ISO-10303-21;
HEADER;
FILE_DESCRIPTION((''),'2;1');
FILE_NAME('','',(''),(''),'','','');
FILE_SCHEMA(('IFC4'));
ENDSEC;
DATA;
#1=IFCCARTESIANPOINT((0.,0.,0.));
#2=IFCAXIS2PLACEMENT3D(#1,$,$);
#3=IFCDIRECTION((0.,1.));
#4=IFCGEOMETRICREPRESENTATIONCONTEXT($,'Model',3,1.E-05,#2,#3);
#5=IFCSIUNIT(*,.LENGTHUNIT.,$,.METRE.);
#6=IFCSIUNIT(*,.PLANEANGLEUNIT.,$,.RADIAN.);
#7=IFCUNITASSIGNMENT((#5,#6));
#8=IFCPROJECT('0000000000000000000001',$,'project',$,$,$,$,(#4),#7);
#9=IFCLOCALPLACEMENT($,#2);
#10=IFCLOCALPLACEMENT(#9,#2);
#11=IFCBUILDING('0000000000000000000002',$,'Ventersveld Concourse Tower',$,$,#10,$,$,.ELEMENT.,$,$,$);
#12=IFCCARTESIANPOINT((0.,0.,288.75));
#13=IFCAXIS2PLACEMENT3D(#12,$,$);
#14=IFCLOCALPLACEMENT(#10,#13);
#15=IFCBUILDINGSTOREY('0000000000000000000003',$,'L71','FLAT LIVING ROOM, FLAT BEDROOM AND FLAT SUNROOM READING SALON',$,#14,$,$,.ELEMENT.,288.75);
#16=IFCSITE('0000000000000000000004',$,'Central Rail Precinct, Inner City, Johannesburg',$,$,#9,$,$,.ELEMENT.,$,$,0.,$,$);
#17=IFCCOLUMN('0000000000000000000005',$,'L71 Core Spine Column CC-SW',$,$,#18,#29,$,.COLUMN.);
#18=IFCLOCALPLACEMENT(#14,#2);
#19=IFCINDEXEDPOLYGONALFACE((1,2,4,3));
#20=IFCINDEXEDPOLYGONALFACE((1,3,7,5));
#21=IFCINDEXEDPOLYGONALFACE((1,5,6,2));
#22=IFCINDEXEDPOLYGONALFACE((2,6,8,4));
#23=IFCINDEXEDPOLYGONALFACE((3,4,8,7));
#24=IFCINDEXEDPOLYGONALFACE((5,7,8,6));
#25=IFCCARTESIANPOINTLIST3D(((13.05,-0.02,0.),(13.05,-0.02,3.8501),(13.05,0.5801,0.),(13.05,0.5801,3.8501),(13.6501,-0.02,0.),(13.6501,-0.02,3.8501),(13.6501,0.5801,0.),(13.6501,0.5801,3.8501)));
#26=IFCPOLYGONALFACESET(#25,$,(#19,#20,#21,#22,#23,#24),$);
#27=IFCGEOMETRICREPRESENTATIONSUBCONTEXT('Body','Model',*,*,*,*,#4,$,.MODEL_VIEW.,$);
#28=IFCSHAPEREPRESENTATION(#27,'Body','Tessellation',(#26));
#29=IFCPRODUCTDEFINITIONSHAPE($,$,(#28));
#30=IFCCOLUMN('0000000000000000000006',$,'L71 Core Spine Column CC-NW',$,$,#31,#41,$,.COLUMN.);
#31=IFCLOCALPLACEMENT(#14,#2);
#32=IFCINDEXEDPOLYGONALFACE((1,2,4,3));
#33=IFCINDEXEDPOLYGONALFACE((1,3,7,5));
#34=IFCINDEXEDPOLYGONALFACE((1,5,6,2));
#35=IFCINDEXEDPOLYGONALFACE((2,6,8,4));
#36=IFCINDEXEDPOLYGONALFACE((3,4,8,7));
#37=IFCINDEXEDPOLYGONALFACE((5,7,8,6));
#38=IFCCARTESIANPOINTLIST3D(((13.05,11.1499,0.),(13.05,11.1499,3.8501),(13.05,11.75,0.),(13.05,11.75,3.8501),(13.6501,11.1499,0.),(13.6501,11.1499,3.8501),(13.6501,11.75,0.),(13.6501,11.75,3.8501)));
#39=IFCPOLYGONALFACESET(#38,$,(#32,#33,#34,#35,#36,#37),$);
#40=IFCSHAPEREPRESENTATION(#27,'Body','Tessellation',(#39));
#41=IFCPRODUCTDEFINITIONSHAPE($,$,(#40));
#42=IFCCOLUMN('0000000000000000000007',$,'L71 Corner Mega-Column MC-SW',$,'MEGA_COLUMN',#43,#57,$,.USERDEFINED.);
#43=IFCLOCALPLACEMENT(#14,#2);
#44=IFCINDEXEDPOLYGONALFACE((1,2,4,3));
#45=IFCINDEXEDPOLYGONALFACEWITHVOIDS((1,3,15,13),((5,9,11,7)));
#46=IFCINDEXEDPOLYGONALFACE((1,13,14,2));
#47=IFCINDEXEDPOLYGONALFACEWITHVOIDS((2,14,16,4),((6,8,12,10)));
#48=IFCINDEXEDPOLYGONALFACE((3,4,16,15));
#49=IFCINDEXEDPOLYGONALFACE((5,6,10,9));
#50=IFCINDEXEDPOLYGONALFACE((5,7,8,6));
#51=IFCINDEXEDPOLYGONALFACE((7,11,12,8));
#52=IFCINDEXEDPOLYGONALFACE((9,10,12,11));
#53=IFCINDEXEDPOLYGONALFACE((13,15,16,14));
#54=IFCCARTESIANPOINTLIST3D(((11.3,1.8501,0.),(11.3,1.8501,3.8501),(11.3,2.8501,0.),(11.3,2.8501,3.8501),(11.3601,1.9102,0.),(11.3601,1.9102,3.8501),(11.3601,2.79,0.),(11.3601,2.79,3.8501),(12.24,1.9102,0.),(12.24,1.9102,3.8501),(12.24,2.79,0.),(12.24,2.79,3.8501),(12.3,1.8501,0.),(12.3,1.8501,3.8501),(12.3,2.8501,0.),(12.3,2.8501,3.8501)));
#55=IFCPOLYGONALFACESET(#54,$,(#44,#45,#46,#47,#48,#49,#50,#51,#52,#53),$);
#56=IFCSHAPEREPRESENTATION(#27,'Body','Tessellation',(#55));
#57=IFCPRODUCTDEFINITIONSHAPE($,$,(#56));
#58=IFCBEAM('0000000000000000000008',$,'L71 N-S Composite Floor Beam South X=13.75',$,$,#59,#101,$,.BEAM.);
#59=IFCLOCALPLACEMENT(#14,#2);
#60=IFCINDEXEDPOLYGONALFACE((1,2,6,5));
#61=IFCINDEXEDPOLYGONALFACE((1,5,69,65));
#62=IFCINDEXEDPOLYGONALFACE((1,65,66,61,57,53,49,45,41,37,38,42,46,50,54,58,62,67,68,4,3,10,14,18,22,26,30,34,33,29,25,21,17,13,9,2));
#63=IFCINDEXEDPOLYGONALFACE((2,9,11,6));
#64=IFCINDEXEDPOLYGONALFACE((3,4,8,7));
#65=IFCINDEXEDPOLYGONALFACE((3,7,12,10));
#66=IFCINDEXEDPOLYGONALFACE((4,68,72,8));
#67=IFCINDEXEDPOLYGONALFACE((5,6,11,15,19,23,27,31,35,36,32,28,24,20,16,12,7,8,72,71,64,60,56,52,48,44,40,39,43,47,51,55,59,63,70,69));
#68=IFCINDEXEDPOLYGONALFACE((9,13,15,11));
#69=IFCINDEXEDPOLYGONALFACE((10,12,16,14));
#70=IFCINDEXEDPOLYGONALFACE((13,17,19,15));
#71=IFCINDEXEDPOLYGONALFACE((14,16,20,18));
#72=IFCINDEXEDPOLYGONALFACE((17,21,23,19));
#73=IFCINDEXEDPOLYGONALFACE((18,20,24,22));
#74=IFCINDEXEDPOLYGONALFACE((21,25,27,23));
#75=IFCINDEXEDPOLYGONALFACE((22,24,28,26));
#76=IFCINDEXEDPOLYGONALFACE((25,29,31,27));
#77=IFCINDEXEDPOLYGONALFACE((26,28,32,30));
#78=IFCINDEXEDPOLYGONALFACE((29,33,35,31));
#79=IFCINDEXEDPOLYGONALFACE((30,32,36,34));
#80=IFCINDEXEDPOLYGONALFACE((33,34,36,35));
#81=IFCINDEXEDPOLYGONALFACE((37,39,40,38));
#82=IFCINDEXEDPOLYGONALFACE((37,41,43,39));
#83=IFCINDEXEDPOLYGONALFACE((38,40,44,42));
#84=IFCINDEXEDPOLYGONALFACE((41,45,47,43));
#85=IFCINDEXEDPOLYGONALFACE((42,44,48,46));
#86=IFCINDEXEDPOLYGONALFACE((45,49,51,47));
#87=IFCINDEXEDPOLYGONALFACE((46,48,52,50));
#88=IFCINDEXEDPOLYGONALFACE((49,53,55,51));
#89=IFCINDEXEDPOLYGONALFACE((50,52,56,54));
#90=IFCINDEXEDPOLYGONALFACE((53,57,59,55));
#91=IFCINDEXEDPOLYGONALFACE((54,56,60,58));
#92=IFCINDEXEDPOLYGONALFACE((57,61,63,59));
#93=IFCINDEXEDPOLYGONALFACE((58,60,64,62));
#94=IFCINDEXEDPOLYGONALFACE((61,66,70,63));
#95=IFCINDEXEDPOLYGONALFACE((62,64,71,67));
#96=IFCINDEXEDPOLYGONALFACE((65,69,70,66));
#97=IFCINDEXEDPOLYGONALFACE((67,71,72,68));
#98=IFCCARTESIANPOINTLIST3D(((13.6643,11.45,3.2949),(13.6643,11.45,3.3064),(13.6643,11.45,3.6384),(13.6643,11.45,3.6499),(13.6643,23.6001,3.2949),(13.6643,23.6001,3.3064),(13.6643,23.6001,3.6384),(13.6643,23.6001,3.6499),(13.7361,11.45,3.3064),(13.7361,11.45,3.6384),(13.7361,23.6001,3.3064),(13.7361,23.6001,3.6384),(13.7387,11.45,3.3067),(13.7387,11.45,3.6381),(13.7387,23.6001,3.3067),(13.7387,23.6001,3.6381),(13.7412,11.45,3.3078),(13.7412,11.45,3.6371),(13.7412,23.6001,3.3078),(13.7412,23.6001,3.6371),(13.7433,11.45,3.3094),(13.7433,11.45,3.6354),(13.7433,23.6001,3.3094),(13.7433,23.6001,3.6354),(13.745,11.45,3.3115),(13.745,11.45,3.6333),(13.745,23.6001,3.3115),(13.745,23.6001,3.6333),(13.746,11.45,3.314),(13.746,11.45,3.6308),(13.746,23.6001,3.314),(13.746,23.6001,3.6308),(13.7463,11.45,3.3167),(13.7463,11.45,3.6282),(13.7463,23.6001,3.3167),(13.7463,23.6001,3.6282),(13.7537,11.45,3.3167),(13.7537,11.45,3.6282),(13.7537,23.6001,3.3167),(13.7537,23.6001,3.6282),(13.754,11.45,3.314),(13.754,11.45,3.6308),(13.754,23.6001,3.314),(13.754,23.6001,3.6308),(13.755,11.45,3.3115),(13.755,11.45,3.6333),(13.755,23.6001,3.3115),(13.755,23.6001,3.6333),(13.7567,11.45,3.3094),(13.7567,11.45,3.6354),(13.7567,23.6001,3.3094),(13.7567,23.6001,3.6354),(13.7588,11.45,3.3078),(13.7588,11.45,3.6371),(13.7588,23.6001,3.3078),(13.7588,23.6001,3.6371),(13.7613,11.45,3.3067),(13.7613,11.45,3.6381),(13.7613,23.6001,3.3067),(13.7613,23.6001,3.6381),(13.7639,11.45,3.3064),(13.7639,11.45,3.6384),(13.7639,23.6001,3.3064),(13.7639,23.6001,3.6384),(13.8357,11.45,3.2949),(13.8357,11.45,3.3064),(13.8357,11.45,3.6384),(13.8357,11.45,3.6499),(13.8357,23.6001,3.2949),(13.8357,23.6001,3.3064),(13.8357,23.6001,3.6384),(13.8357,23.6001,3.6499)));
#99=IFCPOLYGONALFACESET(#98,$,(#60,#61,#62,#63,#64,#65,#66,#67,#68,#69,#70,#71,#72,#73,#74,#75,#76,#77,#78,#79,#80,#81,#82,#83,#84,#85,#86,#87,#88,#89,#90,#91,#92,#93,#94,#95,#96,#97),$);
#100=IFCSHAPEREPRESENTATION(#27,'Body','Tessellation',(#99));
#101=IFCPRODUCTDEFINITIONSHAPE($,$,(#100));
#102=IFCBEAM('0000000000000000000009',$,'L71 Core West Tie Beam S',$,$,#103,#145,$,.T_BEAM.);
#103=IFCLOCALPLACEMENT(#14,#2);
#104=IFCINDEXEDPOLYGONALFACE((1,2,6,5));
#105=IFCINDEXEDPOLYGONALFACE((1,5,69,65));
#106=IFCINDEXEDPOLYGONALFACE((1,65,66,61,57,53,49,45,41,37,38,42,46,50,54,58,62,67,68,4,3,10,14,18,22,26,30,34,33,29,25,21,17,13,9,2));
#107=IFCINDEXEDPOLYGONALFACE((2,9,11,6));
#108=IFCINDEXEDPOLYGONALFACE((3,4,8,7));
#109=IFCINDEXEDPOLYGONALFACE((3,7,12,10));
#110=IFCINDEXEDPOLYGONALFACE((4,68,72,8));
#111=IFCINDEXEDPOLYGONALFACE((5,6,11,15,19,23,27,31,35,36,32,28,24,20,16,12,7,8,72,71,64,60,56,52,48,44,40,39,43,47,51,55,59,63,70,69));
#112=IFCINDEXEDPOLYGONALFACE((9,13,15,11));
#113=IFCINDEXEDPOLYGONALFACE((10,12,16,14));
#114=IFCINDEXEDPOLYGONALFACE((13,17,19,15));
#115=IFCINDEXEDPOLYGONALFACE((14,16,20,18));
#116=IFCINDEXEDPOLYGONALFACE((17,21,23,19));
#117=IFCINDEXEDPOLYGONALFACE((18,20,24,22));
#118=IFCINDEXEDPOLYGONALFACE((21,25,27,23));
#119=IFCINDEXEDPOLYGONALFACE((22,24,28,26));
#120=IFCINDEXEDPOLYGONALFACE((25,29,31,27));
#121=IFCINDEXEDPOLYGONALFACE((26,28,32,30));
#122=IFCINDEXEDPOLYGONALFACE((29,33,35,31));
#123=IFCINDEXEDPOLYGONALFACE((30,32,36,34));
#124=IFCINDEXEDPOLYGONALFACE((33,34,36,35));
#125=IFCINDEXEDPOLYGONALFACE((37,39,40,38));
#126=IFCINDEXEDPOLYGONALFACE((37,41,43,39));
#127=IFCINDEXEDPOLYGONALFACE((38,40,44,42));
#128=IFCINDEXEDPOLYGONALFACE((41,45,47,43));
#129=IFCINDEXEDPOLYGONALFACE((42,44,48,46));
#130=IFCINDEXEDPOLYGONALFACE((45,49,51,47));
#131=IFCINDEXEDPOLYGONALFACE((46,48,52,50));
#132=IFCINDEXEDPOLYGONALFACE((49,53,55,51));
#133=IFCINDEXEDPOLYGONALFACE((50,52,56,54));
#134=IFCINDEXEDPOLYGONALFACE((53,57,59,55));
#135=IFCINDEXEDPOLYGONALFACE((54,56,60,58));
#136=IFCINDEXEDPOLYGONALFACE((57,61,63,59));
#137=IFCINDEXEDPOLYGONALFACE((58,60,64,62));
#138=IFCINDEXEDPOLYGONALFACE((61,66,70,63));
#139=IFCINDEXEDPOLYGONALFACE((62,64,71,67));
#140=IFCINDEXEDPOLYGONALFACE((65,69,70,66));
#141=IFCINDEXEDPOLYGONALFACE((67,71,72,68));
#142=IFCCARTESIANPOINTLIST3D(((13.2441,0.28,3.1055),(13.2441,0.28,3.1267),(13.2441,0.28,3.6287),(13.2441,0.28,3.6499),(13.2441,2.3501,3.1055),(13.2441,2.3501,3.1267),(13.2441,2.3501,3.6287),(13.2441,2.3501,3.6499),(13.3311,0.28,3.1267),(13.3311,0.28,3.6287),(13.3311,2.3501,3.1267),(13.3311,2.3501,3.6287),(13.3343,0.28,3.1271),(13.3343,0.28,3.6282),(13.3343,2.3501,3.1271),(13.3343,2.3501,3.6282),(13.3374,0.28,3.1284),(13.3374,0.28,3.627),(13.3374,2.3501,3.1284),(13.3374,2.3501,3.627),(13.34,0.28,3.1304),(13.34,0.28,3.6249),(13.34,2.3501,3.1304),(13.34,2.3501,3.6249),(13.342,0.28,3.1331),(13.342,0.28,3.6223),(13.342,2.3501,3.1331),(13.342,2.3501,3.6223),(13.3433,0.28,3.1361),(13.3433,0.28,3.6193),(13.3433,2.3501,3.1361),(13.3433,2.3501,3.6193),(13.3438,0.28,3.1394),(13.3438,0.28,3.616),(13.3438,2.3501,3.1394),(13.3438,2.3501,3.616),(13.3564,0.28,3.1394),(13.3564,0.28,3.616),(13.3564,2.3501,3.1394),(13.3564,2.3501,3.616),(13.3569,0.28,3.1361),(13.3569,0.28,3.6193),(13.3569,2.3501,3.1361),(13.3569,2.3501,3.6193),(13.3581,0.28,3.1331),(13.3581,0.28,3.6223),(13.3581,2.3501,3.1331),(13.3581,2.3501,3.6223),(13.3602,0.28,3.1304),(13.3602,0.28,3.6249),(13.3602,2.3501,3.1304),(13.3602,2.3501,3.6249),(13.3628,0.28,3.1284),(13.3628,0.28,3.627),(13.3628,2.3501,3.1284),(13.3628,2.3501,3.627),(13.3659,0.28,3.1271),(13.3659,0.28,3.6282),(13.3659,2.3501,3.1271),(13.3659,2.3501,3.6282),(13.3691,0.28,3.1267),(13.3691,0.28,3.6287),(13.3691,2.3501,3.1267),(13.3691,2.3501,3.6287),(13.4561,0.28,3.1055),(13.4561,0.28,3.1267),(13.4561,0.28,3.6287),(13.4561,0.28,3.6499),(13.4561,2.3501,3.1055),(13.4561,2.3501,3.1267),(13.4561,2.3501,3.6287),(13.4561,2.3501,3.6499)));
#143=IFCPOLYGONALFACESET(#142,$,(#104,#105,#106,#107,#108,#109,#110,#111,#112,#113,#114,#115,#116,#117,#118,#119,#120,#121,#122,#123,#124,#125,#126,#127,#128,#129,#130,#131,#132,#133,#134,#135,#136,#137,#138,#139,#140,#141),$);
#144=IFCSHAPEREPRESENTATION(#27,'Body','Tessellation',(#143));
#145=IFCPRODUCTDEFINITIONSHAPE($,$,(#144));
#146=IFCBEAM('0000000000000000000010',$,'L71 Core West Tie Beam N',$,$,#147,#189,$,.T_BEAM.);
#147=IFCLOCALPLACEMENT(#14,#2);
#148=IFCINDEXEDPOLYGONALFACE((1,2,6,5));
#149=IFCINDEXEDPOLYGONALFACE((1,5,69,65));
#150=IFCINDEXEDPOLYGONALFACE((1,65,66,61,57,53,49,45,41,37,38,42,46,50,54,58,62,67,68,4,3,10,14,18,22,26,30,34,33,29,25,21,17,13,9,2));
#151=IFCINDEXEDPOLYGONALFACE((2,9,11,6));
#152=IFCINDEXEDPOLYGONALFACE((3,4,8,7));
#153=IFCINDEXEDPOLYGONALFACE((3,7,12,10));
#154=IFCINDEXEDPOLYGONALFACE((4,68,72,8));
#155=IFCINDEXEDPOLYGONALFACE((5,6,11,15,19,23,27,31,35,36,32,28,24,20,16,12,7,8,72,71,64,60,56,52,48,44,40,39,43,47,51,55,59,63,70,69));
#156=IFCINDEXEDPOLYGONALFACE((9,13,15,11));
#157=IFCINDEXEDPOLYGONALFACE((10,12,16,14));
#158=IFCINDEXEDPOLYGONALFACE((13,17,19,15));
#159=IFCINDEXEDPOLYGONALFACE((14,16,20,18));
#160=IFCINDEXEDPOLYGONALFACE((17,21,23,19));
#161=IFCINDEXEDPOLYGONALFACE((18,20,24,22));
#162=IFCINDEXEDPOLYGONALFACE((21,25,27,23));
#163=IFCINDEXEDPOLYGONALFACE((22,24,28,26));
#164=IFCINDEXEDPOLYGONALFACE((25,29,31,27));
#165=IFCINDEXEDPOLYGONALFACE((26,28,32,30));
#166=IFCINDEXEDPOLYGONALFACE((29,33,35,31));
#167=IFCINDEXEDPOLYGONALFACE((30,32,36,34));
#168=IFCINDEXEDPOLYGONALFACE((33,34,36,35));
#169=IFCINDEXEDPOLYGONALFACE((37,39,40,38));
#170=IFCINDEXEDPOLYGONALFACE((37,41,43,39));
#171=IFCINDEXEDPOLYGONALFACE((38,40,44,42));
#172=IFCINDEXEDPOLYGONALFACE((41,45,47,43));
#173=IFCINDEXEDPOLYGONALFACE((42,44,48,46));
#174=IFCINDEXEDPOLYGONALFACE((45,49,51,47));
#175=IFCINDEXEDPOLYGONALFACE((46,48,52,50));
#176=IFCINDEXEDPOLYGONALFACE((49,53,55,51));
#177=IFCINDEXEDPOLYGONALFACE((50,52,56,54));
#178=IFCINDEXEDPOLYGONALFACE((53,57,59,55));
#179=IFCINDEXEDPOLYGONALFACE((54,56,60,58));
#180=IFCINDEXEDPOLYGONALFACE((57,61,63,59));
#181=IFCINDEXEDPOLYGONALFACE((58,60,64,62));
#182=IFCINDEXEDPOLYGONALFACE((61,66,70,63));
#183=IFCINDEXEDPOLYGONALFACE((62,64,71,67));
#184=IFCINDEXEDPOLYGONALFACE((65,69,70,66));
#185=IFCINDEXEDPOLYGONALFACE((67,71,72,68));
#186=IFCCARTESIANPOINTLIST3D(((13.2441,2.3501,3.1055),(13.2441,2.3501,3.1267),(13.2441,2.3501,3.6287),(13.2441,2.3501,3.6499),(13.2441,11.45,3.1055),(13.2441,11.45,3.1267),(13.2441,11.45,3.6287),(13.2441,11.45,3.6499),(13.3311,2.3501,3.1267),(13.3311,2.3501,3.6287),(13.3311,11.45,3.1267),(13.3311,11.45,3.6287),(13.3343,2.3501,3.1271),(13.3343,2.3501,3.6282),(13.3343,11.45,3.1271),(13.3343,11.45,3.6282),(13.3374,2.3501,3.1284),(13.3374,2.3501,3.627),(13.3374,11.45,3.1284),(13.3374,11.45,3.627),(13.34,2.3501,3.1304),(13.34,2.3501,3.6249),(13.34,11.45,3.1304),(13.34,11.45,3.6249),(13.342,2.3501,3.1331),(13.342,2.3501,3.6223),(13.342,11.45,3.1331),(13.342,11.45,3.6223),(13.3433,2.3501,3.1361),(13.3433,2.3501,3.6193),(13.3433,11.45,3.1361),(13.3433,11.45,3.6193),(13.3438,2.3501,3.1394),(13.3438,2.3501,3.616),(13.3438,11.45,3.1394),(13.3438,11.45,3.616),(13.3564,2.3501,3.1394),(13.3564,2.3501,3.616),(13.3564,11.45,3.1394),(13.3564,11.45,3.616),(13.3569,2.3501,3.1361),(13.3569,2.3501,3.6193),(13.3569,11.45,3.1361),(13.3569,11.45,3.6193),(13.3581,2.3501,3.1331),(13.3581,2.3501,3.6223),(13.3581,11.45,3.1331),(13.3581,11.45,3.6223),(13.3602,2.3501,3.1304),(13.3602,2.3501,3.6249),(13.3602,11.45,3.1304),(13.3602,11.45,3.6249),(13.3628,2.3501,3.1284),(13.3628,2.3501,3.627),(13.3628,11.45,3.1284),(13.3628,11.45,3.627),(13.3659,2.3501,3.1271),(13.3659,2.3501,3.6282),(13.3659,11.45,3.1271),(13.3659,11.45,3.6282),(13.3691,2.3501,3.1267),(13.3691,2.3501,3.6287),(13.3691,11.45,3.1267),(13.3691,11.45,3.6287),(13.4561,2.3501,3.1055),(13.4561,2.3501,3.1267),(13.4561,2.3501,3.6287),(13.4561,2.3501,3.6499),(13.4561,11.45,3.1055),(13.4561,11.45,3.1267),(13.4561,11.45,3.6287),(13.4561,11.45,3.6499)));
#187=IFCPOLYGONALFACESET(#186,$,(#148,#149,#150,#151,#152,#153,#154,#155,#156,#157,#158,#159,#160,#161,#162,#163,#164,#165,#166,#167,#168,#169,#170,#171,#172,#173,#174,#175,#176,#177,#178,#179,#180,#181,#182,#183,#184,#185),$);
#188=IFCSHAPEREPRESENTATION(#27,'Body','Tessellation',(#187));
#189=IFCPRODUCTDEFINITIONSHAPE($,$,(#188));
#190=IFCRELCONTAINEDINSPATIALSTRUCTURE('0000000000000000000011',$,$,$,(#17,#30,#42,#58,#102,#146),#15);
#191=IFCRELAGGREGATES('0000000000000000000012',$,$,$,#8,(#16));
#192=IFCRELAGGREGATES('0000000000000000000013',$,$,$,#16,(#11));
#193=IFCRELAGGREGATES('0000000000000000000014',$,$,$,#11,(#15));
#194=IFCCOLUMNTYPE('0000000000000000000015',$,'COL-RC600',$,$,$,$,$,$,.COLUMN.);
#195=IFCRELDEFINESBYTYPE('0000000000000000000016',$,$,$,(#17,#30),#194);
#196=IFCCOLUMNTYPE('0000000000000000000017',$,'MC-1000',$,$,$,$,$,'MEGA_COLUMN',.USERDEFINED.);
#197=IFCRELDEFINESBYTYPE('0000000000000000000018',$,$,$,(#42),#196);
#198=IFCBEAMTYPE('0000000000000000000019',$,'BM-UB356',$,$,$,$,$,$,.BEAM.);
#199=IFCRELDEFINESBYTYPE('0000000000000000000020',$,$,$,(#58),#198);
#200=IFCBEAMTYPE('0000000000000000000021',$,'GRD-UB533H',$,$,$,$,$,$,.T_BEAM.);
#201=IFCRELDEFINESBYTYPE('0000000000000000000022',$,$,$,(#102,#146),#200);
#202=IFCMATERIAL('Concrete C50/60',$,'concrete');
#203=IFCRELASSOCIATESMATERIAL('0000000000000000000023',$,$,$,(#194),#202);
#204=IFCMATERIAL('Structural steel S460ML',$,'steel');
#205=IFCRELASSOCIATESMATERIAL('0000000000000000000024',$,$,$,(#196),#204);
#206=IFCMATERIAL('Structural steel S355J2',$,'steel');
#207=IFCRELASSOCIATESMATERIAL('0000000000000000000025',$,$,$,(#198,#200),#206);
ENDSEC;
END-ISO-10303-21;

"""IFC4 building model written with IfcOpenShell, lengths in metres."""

from ifc_helpers import new_model, si_unit, direction, frame, origin, origin_2d, place, context, subcontext, project, spatial, rectangle, hollow_rectangle, i_section, extrude, material, material_profile, profile_set, type_object, element, save


model = new_model("IFC4")

# Units and contexts
model_context = context("Model", 3, precision=1e-05, world=origin(), true_north=direction((0.0, 1.0)))
body_context = subcontext(model_context, "Body", "Model", "MODEL_VIEW")
ifc_project = project(units=[si_unit("LENGTHUNIT", "METRE"), si_unit("PLANEANGLEUNIT", "RADIAN")], contexts=[model_context])

# Site, building, storey
site_placement = place(None, origin())
site = spatial("IfcSite", under=ifc_project, at=site_placement, Name="Central Rail Precinct, Inner City, Johannesburg", CompositionType="ELEMENT", RefElevation=0.0)
building_placement = place(site_placement, origin())
building = spatial("IfcBuilding", under=site, at=building_placement, Name="Ventersveld Concourse Tower", CompositionType="ELEMENT")
storey_placement = place(building_placement, frame((0.0, 0.0, 288.75)))
storey = spatial("IfcBuildingStorey", under=building, at=storey_placement, Name="L71", Description="FLAT LIVING ROOM, FLAT BEDROOM AND FLAT SUNROOM READING SALON", CompositionType="ELEMENT", Elevation=288.75)

# Columns
ifc_material_1 = material(Name="Concrete C50/60", Category="concrete")
ifc_material_profile_1 = material_profile(ifc_material_1, rectangle(XDim=0.6001, YDim=0.6001, at=origin_2d()), Name="RC 600x600")
ifc_profile_set_1 = profile_set([ifc_material_profile_1], Name="Concrete C50/60")
column_type_1 = type_object("IfcColumnType", Name="COL-RC600", PredefinedType="COLUMN", material=ifc_profile_set_1)
for number, where, z_axis, x_axis, name in (
    (1, (13.3501, 0.28, 0.0), (0.0, 0.0, 1.0), (1.0, 0.0, 0.0), "L71 Core Spine Column CC-SW"),
    (2, (13.3501, 11.45, 0.0), (0.0, 0.0, 1.0), (1.0, 0.0, 0.0), "L71 Core Spine Column CC-NW"),
):
    element("IfcColumn", number, at=place(storey_placement, frame(where, z_axis=z_axis, x_axis=x_axis)), inside=storey, type_object=column_type_1, Name=name, PredefinedType="COLUMN", context=body_context, shape_type="SweptSolid", body=[
        extrude(rectangle(XDim=0.6001, YDim=0.6001, at=origin_2d()), origin(), (0.0, 0.0, 1.0), 3.8501),
    ])
ifc_material_2 = material(Name="Structural steel S460ML", Category="steel")
ifc_material_profile_2 = material_profile(ifc_material_2, hollow_rectangle(XDim=1.0, YDim=1.0, WallThickness=0.0601, at=origin_2d()), Name="BOX 1000x1000x60")
ifc_profile_set_2 = profile_set([ifc_material_profile_2], Name="Structural steel S460ML")
column_type_2 = type_object("IfcColumnType", Name="MC-1000", ElementType="MEGA_COLUMN", PredefinedType="USERDEFINED", material=ifc_profile_set_2)
column_placement = place(storey_placement, frame((11.8, 2.3501, 0.0), z_axis=(0.0, 0.0, 1.0), x_axis=(1.0, 0.0, 0.0)))
element("IfcColumn", 3, at=column_placement, inside=storey, type_object=column_type_2, Name="L71 Corner Mega-Column MC-SW", ObjectType="MEGA_COLUMN", PredefinedType="USERDEFINED", context=body_context, shape_type="SweptSolid", body=[
    extrude(hollow_rectangle(XDim=1.0, YDim=1.0, WallThickness=0.0601, at=origin_2d()), origin(), (0.0, 0.0, 1.0), 3.8501),
])

# Beams
ifc_material_3 = material(Name="Structural steel S355J2", Category="steel")
ifc_material_profile_3 = material_profile(ifc_material_3, i_section(OverallWidth=0.1714, OverallDepth=0.355, WebThickness=0.0073, FlangeThickness=0.0115, FilletRadius=0.0103, at=origin_2d()), Name="UB 356x171x51")
ifc_profile_set_3 = profile_set([ifc_material_profile_3], Name="Structural steel S355J2")
beam_type_1 = type_object("IfcBeamType", Name="BM-UB356", PredefinedType="BEAM", material=ifc_profile_set_3)
beam_1_placement = place(storey_placement, frame((13.75, 11.45, 3.4724), z_axis=(0.0, 1.0, 0.0), x_axis=(-1.0, 0.0, 0.0)))
element("IfcBeam", 4, at=beam_1_placement, inside=storey, type_object=beam_type_1, Name="L71 N-S Composite Floor Beam South X=13.75", PredefinedType="BEAM", context=body_context, shape_type="SweptSolid", body=[
    extrude(i_section(OverallWidth=0.1714, OverallDepth=0.355, WebThickness=0.0073, FlangeThickness=0.0115, FilletRadius=0.0103, at=origin_2d()), origin(), (0.0, 0.0, 1.0), 12.1501),
])
ifc_material_profile_4 = material_profile(ifc_material_3, i_section(OverallWidth=0.2119, OverallDepth=0.5444, WebThickness=0.0127, FlangeThickness=0.0212, FilletRadius=0.0127, at=origin_2d()), Name="UB 533x210x122")
ifc_profile_set_4 = profile_set([ifc_material_profile_4], Name="Structural steel S355J2")
beam_type_2 = type_object("IfcBeamType", Name="GRD-UB533H", PredefinedType="T_BEAM", material=ifc_profile_set_4)
beam_2_placement = place(storey_placement, frame((13.3501, 0.28, 3.3777), z_axis=(0.0, 1.0, 0.0), x_axis=(-1.0, 0.0, 0.0)))
element("IfcBeam", 5, at=beam_2_placement, inside=storey, type_object=beam_type_2, Name="L71 Core West Tie Beam S", PredefinedType="T_BEAM", context=body_context, shape_type="SweptSolid", body=[
    extrude(i_section(OverallWidth=0.2119, OverallDepth=0.5444, WebThickness=0.0127, FlangeThickness=0.0212, FilletRadius=0.0127, at=origin_2d()), origin(), (0.0, 0.0, 1.0), 2.0701),
])
beam_3_placement = place(storey_placement, frame((13.3501, 2.3501, 3.3777), z_axis=(0.0, 1.0, 0.0), x_axis=(-1.0, 0.0, 0.0)))
element("IfcBeam", 6, at=beam_3_placement, inside=storey, type_object=beam_type_2, Name="L71 Core West Tie Beam N", PredefinedType="T_BEAM", context=body_context, shape_type="SweptSolid", body=[
    extrude(i_section(OverallWidth=0.2119, OverallDepth=0.5444, WebThickness=0.0127, FlangeThickness=0.0212, FilletRadius=0.0127, at=origin_2d()), origin(), (0.0, 0.0, 1.0), 9.0999),
])

save(model, "model.ifc")
